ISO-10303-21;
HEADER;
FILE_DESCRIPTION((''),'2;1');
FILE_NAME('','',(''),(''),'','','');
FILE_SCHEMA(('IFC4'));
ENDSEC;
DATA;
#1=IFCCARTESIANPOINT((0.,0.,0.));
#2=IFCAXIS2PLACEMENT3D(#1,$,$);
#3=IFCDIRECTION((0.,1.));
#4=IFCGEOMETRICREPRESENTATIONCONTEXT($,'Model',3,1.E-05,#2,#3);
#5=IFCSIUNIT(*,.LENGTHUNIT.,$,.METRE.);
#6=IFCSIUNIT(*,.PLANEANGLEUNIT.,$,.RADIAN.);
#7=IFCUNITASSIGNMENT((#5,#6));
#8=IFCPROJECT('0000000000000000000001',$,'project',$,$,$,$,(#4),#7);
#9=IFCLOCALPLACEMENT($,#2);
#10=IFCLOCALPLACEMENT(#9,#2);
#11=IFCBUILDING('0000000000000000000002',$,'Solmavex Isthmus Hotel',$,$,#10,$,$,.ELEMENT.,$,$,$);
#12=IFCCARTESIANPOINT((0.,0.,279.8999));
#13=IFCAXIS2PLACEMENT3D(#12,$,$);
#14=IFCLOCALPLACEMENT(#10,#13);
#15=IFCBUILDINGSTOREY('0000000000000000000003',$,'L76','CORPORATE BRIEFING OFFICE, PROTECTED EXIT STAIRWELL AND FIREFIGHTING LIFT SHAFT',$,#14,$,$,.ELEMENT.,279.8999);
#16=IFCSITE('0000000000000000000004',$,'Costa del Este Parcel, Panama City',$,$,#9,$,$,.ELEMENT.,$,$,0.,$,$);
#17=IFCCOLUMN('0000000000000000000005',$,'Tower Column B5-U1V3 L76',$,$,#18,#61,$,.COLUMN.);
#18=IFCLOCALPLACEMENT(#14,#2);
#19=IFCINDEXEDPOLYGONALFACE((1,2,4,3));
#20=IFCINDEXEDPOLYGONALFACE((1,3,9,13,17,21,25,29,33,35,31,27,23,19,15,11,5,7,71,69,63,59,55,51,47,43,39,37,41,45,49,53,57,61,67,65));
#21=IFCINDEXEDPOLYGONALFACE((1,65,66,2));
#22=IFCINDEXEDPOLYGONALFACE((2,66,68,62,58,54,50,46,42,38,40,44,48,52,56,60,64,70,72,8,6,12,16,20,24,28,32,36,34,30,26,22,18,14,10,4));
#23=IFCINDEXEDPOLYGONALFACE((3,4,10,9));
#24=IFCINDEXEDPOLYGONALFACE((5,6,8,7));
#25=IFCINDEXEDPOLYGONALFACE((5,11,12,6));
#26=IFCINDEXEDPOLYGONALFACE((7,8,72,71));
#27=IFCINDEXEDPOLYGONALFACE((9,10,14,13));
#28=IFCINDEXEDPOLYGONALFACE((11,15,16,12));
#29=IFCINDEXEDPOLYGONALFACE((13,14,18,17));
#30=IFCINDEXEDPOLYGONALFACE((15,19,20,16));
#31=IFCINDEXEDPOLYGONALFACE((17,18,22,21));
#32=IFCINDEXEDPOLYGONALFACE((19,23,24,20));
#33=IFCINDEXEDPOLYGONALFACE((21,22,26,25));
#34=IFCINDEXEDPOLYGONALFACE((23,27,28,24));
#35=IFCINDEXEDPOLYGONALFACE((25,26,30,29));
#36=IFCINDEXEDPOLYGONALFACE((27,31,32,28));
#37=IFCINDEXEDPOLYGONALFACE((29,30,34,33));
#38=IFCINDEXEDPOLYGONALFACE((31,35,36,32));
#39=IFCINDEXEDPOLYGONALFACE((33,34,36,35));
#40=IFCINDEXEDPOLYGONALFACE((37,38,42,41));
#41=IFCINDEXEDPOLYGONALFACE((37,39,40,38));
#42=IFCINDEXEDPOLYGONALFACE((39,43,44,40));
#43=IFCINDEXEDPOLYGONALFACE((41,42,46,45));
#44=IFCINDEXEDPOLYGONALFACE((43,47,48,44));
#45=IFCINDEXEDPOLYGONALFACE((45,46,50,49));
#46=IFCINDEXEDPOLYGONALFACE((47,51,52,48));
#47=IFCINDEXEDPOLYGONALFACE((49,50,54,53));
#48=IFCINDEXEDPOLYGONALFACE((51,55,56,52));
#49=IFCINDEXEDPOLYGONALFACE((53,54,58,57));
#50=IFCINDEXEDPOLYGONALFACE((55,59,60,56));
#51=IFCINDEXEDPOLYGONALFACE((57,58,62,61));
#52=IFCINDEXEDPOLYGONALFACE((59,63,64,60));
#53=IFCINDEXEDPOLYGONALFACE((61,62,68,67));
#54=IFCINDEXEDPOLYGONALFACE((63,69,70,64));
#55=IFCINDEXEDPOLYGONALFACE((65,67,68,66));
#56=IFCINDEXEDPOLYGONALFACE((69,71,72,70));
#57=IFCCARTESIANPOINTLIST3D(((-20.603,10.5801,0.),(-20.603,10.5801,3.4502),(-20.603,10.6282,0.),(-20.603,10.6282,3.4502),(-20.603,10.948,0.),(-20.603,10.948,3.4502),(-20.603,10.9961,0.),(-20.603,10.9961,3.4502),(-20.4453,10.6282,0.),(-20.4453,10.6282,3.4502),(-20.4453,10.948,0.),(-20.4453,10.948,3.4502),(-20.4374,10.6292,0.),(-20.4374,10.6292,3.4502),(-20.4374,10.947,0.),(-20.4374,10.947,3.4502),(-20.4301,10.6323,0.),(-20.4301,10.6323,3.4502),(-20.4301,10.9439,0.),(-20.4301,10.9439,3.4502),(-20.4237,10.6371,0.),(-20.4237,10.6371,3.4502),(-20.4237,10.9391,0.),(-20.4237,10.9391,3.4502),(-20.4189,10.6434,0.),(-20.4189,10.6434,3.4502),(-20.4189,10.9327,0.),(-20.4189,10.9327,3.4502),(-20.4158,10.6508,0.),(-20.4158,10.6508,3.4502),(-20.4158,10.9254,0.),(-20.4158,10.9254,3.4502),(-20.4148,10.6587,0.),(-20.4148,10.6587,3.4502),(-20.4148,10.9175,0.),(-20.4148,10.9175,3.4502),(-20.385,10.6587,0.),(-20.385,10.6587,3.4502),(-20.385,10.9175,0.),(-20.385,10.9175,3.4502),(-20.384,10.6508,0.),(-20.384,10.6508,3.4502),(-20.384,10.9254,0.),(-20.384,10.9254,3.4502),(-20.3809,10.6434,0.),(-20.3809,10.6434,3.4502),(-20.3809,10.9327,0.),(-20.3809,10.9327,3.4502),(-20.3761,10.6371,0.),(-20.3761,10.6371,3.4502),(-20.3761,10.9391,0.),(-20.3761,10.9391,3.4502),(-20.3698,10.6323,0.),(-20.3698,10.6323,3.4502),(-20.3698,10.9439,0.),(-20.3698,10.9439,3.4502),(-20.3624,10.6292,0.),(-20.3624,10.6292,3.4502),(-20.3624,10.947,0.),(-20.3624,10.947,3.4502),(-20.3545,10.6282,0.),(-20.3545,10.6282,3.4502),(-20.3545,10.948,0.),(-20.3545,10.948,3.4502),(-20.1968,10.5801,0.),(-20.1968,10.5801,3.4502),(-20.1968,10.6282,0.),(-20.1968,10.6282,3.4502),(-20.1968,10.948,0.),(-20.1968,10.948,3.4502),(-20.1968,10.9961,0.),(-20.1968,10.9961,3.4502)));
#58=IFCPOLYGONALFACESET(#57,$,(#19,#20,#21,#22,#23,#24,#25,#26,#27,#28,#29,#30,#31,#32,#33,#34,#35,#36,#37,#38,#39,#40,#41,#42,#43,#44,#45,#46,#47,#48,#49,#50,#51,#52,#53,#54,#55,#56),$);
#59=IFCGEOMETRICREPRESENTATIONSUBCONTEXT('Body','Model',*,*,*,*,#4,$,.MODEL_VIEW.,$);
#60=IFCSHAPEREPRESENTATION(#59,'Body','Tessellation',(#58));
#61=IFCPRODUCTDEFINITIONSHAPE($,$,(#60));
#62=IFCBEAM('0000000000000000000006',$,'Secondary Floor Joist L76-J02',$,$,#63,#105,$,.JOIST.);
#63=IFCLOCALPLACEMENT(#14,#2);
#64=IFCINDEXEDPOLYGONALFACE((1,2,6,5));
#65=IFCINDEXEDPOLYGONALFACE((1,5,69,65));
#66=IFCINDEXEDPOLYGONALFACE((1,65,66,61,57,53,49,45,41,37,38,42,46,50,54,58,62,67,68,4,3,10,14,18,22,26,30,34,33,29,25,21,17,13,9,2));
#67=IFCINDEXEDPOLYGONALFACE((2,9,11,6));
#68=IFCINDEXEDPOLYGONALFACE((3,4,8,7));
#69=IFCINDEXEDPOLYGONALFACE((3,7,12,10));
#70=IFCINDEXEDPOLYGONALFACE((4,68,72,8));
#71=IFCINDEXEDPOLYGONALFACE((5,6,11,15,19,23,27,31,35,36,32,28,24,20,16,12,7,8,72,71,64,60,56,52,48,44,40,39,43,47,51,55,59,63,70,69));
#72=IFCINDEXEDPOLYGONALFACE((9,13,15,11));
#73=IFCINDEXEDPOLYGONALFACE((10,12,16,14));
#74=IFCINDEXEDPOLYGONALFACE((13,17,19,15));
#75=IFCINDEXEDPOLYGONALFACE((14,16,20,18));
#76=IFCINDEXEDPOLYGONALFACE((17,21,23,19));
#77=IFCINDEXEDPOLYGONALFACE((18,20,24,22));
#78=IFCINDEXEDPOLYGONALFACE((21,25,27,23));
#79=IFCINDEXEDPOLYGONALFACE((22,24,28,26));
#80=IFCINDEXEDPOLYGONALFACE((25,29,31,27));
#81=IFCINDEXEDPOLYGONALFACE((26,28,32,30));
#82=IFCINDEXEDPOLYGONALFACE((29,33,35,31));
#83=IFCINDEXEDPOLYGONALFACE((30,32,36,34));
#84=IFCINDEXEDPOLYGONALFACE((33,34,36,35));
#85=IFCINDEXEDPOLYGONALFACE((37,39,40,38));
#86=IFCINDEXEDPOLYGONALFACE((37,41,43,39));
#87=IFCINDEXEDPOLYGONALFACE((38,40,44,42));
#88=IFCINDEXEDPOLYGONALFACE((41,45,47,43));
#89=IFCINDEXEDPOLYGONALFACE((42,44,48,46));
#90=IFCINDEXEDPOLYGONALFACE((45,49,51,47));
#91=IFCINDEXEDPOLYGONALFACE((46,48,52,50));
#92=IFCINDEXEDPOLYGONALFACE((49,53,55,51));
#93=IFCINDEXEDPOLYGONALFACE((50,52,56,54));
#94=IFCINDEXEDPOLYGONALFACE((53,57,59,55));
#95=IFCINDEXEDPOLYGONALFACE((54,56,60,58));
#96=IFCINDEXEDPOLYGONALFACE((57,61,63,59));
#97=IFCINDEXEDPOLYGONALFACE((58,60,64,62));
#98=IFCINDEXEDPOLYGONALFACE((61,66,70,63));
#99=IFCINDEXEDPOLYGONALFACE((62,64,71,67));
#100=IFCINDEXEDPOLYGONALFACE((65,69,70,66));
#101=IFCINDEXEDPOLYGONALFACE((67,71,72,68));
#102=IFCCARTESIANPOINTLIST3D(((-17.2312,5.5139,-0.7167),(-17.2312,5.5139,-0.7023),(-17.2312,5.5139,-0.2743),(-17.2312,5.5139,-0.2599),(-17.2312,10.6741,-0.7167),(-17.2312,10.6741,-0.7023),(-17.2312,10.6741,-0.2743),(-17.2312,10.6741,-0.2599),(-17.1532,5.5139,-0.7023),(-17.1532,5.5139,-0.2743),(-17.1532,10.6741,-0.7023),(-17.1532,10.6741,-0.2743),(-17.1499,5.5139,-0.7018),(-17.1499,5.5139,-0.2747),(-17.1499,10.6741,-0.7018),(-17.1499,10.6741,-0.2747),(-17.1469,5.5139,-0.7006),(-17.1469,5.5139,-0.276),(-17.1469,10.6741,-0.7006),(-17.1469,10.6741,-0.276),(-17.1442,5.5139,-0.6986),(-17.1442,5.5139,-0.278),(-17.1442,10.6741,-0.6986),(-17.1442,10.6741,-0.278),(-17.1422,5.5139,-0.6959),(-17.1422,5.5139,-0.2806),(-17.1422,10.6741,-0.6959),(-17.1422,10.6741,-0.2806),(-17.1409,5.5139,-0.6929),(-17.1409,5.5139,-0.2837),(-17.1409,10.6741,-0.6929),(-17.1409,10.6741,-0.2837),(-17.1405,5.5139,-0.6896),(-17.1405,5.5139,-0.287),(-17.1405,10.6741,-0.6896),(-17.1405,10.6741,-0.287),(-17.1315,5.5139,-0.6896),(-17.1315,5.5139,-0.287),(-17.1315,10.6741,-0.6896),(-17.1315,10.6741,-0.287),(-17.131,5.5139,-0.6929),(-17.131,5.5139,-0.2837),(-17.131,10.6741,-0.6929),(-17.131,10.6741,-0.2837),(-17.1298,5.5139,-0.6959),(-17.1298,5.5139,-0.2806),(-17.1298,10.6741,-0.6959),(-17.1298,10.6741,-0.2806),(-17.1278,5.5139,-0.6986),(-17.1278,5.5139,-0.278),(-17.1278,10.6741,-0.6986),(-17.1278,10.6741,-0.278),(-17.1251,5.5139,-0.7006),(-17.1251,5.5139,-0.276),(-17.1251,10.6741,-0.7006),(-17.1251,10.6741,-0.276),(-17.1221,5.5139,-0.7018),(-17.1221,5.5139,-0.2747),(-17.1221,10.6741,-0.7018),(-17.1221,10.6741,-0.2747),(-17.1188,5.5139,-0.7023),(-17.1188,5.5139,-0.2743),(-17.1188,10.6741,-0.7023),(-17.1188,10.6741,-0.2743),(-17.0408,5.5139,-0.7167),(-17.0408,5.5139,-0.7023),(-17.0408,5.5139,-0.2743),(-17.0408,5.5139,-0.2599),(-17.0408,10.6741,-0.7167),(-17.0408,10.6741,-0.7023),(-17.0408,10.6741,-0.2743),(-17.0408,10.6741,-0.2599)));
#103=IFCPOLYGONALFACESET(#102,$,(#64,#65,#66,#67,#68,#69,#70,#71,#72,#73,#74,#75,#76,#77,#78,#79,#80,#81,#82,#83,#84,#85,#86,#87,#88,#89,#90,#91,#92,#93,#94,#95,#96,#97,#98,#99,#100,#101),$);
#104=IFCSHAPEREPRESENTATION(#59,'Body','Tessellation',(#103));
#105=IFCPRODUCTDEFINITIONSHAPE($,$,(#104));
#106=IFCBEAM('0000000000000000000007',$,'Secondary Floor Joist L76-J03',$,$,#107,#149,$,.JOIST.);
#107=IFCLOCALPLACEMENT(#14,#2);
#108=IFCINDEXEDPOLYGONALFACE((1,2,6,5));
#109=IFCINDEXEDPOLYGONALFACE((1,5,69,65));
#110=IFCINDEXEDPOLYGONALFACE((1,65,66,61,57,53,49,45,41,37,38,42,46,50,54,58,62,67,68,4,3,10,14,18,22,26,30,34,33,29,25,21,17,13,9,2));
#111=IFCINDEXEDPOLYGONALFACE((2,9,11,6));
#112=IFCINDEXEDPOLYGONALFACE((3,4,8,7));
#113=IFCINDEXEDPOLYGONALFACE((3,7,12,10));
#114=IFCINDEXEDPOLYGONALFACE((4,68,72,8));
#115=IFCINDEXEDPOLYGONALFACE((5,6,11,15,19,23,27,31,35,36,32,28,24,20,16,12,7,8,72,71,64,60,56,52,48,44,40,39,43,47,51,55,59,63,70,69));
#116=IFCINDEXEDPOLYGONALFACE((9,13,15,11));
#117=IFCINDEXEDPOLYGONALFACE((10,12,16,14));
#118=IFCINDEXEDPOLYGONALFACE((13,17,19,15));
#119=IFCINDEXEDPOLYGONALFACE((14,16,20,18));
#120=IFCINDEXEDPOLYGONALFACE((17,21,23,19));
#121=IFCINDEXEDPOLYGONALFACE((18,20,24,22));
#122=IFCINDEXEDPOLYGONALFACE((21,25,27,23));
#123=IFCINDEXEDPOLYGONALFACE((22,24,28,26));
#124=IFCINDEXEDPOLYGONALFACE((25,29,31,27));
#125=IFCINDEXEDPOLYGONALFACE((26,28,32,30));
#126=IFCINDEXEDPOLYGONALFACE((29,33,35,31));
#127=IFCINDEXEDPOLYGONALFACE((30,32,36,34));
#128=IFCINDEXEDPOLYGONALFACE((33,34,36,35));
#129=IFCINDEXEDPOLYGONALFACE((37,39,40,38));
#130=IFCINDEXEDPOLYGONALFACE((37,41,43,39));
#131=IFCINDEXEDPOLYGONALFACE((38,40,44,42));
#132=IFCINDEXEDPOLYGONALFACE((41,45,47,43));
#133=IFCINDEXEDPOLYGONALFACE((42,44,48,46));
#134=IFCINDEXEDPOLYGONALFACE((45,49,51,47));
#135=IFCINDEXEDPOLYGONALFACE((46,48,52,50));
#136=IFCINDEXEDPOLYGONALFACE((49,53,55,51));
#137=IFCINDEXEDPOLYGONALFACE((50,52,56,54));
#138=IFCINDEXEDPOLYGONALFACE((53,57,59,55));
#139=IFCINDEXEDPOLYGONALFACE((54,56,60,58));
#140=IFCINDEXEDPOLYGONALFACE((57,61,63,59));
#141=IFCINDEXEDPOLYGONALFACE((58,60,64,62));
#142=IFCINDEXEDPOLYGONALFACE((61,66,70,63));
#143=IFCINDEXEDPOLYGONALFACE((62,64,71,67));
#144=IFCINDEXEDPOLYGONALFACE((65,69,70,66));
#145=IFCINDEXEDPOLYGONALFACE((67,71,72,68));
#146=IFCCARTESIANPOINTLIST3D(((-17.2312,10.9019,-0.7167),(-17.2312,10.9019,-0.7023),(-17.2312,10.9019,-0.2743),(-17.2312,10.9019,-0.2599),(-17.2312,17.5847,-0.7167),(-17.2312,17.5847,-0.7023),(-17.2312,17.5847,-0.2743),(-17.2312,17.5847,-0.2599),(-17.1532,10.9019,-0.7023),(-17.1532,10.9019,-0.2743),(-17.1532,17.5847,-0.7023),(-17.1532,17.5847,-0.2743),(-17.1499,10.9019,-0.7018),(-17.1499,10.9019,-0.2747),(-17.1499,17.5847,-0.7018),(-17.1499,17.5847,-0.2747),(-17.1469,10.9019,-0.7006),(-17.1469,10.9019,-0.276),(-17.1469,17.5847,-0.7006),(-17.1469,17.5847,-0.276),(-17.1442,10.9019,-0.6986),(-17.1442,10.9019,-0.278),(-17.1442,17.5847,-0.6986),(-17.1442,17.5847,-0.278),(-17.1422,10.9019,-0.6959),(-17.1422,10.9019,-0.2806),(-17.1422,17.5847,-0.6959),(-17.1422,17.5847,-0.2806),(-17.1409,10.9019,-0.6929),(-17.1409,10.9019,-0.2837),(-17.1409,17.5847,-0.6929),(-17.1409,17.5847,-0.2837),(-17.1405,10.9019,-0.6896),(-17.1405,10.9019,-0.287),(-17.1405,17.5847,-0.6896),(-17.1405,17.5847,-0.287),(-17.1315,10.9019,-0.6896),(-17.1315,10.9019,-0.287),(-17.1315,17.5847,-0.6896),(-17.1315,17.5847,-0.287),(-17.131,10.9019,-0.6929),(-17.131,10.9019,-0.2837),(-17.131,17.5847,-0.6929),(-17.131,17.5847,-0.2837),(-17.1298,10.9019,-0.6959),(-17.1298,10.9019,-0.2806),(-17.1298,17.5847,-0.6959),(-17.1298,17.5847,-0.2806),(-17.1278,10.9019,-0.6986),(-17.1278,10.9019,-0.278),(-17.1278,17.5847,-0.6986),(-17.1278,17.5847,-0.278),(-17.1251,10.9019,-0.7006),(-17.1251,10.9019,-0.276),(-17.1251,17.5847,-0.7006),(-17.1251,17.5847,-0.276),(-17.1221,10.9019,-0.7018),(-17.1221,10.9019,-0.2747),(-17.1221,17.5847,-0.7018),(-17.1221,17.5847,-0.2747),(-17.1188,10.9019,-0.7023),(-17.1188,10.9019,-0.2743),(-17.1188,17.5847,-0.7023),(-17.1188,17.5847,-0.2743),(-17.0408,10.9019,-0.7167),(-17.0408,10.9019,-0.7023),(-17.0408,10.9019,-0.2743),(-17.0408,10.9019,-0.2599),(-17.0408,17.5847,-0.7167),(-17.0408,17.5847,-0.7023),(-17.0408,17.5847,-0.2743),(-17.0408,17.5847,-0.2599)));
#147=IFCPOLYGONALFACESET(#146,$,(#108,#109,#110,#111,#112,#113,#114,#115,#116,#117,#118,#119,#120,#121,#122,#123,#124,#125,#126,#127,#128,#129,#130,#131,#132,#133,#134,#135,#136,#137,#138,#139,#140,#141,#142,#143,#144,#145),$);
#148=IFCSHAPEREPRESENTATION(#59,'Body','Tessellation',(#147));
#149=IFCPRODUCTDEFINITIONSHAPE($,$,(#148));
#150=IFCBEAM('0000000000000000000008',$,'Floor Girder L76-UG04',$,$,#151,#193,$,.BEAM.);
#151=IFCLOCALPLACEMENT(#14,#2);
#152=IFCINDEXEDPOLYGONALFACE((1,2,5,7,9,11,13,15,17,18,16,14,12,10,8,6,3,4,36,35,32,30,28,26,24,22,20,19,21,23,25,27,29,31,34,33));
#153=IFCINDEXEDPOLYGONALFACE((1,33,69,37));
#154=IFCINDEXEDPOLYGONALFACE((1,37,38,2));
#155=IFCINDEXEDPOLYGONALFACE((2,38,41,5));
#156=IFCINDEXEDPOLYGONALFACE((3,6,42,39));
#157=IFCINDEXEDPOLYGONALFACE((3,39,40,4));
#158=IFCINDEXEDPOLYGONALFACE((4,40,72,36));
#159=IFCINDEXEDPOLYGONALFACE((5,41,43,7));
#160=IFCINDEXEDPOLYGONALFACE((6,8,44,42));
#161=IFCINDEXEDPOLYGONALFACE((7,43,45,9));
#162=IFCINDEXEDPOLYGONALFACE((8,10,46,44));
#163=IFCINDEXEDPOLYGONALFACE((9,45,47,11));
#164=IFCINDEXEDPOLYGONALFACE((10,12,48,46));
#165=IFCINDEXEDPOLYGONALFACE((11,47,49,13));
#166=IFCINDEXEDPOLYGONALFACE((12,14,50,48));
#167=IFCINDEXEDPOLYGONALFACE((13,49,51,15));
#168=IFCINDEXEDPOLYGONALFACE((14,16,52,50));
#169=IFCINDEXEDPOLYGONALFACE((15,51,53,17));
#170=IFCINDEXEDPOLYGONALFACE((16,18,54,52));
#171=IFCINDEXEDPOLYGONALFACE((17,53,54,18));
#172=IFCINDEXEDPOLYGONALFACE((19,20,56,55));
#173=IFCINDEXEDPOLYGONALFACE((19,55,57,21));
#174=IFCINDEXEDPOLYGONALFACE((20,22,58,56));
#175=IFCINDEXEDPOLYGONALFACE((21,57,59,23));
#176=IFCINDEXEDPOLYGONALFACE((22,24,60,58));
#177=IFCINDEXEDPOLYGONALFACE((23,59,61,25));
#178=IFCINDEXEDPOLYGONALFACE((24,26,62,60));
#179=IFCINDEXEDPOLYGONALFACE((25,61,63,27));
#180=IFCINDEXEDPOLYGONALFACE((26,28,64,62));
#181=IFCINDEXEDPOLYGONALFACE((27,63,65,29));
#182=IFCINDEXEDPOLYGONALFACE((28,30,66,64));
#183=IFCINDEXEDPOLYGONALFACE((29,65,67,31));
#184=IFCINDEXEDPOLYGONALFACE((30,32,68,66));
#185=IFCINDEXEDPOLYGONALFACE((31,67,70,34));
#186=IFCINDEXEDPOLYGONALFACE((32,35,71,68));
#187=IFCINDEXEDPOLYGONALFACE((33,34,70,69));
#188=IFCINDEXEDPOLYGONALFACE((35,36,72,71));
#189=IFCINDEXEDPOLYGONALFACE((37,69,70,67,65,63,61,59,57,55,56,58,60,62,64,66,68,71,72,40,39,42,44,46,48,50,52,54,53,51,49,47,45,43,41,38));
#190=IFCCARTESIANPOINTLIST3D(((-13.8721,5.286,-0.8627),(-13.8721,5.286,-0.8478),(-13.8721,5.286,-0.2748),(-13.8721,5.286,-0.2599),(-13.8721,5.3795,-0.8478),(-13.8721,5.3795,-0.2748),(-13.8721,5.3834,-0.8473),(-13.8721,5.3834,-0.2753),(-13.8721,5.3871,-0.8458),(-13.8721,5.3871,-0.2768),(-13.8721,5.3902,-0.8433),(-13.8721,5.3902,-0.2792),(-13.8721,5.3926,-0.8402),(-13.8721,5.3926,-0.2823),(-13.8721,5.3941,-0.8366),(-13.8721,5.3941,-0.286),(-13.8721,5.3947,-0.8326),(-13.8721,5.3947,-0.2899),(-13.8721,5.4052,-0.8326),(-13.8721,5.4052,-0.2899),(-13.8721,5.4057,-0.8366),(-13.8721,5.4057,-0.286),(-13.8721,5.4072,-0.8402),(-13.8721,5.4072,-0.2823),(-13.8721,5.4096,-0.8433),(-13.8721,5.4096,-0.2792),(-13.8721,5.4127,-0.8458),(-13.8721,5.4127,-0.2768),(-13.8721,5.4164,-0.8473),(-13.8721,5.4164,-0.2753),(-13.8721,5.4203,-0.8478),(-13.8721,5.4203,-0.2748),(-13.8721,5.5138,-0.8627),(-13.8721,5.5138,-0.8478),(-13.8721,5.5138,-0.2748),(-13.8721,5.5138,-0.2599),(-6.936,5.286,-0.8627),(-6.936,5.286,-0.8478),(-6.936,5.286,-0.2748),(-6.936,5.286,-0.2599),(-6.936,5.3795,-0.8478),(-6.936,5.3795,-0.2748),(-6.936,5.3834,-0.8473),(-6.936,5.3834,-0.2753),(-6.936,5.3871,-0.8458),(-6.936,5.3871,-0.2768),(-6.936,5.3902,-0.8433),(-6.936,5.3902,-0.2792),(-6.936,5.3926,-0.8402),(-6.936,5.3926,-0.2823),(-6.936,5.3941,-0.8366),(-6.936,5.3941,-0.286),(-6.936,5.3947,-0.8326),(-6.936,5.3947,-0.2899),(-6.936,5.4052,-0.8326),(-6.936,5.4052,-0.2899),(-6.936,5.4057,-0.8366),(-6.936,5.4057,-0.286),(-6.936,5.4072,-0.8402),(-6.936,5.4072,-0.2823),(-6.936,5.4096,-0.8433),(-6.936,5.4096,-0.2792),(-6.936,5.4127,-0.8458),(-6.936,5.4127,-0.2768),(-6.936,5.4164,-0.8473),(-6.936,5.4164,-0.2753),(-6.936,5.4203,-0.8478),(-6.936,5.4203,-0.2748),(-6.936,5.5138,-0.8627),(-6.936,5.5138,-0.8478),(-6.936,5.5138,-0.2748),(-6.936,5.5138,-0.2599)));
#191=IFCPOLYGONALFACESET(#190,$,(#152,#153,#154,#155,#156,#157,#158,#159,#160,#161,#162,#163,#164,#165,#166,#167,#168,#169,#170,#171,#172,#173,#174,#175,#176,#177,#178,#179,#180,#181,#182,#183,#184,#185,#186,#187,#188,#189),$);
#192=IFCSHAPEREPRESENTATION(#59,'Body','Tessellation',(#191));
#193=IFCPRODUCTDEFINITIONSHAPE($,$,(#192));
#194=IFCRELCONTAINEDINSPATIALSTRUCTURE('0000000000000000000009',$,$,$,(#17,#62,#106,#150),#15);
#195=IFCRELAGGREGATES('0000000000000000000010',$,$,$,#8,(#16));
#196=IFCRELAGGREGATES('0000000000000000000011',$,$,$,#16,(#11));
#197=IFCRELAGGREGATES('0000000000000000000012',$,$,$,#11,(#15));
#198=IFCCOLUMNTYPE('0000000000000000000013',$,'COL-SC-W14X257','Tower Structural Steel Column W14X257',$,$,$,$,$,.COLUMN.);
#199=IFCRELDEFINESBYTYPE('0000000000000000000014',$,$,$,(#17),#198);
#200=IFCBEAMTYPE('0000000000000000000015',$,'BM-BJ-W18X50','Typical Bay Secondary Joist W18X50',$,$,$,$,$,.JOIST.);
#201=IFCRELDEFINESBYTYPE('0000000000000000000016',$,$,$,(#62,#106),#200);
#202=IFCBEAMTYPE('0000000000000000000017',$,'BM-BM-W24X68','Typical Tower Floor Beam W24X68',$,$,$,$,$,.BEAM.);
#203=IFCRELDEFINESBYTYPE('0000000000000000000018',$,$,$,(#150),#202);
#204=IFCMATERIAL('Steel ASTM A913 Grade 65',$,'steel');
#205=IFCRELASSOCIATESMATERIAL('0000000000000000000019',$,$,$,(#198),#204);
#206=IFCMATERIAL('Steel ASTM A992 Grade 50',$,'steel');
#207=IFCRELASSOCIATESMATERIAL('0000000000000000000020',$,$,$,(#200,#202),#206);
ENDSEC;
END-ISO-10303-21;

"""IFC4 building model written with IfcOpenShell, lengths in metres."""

from ifc_helpers import new_model, si_unit, direction, frame, origin, origin_2d, place, context, subcontext, project, spatial, i_section, extrude, material, material_profile, profile_set, type_object, element, save


model = new_model("IFC4")

# Units and contexts
model_context = context("Model", 3, precision=1e-05, world=origin(), true_north=direction((0.0, 1.0)))
body_context = subcontext(model_context, "Body", "Model", "MODEL_VIEW")
ifc_project = project(units=[si_unit("LENGTHUNIT", "METRE"), si_unit("PLANEANGLEUNIT", "RADIAN")], contexts=[model_context])

# Site, building, storey
site_placement = place(None, origin())
site = spatial("IfcSite", under=ifc_project, at=site_placement, Name="Costa del Este Parcel, Panama City", CompositionType="ELEMENT", RefElevation=0.0)
building_placement = place(site_placement, origin())
building = spatial("IfcBuilding", under=site, at=building_placement, Name="Solmavex Isthmus Hotel", CompositionType="ELEMENT")
storey_placement = place(building_placement, frame((0.0, 0.0, 279.8999)))
storey = spatial("IfcBuildingStorey", under=building, at=storey_placement, Name="L76", Description="CORPORATE BRIEFING OFFICE, PROTECTED EXIT STAIRWELL AND FIREFIGHTING LIFT SHAFT", CompositionType="ELEMENT", Elevation=279.8999)

# Column
ifc_material_1 = material(Name="Steel ASTM A913 Grade 65", Category="steel")
ifc_material_profile_1 = material_profile(ifc_material_1, i_section(OverallWidth=0.4062, OverallDepth=0.416, WebThickness=0.0298, FlangeThickness=0.0481, FilletRadius=0.0305, at=origin_2d()), Name="W14X257")
ifc_profile_set_1 = profile_set([ifc_material_profile_1], Name="Steel ASTM A913 Grade 65")
column_type = type_object("IfcColumnType", Name="COL-SC-W14X257", Description="Tower Structural Steel Column W14X257", PredefinedType="COLUMN", material=ifc_profile_set_1)
column_placement = place(storey_placement, frame((-20.3999, 10.7881, 0.0), z_axis=(0.0, 0.0, 1.0), x_axis=(1.0, 0.0, 0.0)))
element("IfcColumn", 1, at=column_placement, inside=storey, type_object=column_type, Name="Tower Column B5-U1V3 L76", PredefinedType="COLUMN", context=body_context, shape_type="SweptSolid", body=[
    extrude(i_section(OverallWidth=0.4062, OverallDepth=0.416, WebThickness=0.0298, FlangeThickness=0.0481, FilletRadius=0.0305, at=origin_2d()), origin(), (0.0, 0.0, 1.0), 3.4502),
])

# Beams
ifc_material_2 = material(Name="Steel ASTM A992 Grade 50", Category="steel")
ifc_material_profile_2 = material_profile(ifc_material_2, i_section(OverallWidth=0.1904, OverallDepth=0.4568, WebThickness=0.009, FlangeThickness=0.0144, FilletRadius=0.0127, at=origin_2d()), Name="W18X50")
ifc_profile_set_2 = profile_set([ifc_material_profile_2], Name="Steel ASTM A992 Grade 50")
beam_type_1 = type_object("IfcBeamType", Name="BM-BJ-W18X50", Description="Typical Bay Secondary Joist W18X50", PredefinedType="JOIST", material=ifc_profile_set_2)
beam_1_placement = place(storey_placement, frame((-17.136, 5.5139, -0.4883), z_axis=(0.0, 1.0, 0.0), x_axis=(-1.0, 0.0, 0.0)))
element("IfcBeam", 2, at=beam_1_placement, inside=storey, type_object=beam_type_1, Name="Secondary Floor Joist L76-J02", PredefinedType="JOIST", context=body_context, shape_type="SweptSolid", body=[
    extrude(i_section(OverallWidth=0.1904, OverallDepth=0.4568, WebThickness=0.009, FlangeThickness=0.0144, FilletRadius=0.0127, at=origin_2d()), origin(), (0.0, 0.0, 1.0), 5.1602),
])
beam_2_placement = place(storey_placement, frame((-17.136, 10.9019, -0.4883), z_axis=(0.0, 1.0, 0.0), x_axis=(-1.0, 0.0, 0.0)))
element("IfcBeam", 3, at=beam_2_placement, inside=storey, type_object=beam_type_1, Name="Secondary Floor Joist L76-J03", PredefinedType="JOIST", context=body_context, shape_type="SweptSolid", body=[
    extrude(i_section(OverallWidth=0.1904, OverallDepth=0.4568, WebThickness=0.009, FlangeThickness=0.0144, FilletRadius=0.0127, at=origin_2d()), origin(), (0.0, 0.0, 1.0), 6.6829),
])
ifc_material_profile_3 = material_profile(ifc_material_2, i_section(OverallWidth=0.2278, OverallDepth=0.6028, WebThickness=0.0105, FlangeThickness=0.0149, FilletRadius=0.0151, at=origin_2d()), Name="W24X68")
ifc_profile_set_3 = profile_set([ifc_material_profile_3], Name="Steel ASTM A992 Grade 50")
beam_type_2 = type_object("IfcBeamType", Name="BM-BM-W24X68", Description="Typical Tower Floor Beam W24X68", PredefinedType="BEAM", material=ifc_profile_set_3)
beam_3_placement = place(storey_placement, frame((-13.8721, 5.3999, -0.5613), z_axis=(1.0, 0.0, 0.0), x_axis=(0.0, 1.0, 0.0)))
element("IfcBeam", 4, at=beam_3_placement, inside=storey, type_object=beam_type_2, Name="Floor Girder L76-UG04", PredefinedType="BEAM", context=body_context, shape_type="SweptSolid", body=[
    extrude(i_section(OverallWidth=0.2278, OverallDepth=0.6028, WebThickness=0.0105, FlangeThickness=0.0149, FilletRadius=0.0151, at=origin_2d()), origin(), (0.0, 0.0, 1.0), 6.936),
])

save(model, "model.ifc")
